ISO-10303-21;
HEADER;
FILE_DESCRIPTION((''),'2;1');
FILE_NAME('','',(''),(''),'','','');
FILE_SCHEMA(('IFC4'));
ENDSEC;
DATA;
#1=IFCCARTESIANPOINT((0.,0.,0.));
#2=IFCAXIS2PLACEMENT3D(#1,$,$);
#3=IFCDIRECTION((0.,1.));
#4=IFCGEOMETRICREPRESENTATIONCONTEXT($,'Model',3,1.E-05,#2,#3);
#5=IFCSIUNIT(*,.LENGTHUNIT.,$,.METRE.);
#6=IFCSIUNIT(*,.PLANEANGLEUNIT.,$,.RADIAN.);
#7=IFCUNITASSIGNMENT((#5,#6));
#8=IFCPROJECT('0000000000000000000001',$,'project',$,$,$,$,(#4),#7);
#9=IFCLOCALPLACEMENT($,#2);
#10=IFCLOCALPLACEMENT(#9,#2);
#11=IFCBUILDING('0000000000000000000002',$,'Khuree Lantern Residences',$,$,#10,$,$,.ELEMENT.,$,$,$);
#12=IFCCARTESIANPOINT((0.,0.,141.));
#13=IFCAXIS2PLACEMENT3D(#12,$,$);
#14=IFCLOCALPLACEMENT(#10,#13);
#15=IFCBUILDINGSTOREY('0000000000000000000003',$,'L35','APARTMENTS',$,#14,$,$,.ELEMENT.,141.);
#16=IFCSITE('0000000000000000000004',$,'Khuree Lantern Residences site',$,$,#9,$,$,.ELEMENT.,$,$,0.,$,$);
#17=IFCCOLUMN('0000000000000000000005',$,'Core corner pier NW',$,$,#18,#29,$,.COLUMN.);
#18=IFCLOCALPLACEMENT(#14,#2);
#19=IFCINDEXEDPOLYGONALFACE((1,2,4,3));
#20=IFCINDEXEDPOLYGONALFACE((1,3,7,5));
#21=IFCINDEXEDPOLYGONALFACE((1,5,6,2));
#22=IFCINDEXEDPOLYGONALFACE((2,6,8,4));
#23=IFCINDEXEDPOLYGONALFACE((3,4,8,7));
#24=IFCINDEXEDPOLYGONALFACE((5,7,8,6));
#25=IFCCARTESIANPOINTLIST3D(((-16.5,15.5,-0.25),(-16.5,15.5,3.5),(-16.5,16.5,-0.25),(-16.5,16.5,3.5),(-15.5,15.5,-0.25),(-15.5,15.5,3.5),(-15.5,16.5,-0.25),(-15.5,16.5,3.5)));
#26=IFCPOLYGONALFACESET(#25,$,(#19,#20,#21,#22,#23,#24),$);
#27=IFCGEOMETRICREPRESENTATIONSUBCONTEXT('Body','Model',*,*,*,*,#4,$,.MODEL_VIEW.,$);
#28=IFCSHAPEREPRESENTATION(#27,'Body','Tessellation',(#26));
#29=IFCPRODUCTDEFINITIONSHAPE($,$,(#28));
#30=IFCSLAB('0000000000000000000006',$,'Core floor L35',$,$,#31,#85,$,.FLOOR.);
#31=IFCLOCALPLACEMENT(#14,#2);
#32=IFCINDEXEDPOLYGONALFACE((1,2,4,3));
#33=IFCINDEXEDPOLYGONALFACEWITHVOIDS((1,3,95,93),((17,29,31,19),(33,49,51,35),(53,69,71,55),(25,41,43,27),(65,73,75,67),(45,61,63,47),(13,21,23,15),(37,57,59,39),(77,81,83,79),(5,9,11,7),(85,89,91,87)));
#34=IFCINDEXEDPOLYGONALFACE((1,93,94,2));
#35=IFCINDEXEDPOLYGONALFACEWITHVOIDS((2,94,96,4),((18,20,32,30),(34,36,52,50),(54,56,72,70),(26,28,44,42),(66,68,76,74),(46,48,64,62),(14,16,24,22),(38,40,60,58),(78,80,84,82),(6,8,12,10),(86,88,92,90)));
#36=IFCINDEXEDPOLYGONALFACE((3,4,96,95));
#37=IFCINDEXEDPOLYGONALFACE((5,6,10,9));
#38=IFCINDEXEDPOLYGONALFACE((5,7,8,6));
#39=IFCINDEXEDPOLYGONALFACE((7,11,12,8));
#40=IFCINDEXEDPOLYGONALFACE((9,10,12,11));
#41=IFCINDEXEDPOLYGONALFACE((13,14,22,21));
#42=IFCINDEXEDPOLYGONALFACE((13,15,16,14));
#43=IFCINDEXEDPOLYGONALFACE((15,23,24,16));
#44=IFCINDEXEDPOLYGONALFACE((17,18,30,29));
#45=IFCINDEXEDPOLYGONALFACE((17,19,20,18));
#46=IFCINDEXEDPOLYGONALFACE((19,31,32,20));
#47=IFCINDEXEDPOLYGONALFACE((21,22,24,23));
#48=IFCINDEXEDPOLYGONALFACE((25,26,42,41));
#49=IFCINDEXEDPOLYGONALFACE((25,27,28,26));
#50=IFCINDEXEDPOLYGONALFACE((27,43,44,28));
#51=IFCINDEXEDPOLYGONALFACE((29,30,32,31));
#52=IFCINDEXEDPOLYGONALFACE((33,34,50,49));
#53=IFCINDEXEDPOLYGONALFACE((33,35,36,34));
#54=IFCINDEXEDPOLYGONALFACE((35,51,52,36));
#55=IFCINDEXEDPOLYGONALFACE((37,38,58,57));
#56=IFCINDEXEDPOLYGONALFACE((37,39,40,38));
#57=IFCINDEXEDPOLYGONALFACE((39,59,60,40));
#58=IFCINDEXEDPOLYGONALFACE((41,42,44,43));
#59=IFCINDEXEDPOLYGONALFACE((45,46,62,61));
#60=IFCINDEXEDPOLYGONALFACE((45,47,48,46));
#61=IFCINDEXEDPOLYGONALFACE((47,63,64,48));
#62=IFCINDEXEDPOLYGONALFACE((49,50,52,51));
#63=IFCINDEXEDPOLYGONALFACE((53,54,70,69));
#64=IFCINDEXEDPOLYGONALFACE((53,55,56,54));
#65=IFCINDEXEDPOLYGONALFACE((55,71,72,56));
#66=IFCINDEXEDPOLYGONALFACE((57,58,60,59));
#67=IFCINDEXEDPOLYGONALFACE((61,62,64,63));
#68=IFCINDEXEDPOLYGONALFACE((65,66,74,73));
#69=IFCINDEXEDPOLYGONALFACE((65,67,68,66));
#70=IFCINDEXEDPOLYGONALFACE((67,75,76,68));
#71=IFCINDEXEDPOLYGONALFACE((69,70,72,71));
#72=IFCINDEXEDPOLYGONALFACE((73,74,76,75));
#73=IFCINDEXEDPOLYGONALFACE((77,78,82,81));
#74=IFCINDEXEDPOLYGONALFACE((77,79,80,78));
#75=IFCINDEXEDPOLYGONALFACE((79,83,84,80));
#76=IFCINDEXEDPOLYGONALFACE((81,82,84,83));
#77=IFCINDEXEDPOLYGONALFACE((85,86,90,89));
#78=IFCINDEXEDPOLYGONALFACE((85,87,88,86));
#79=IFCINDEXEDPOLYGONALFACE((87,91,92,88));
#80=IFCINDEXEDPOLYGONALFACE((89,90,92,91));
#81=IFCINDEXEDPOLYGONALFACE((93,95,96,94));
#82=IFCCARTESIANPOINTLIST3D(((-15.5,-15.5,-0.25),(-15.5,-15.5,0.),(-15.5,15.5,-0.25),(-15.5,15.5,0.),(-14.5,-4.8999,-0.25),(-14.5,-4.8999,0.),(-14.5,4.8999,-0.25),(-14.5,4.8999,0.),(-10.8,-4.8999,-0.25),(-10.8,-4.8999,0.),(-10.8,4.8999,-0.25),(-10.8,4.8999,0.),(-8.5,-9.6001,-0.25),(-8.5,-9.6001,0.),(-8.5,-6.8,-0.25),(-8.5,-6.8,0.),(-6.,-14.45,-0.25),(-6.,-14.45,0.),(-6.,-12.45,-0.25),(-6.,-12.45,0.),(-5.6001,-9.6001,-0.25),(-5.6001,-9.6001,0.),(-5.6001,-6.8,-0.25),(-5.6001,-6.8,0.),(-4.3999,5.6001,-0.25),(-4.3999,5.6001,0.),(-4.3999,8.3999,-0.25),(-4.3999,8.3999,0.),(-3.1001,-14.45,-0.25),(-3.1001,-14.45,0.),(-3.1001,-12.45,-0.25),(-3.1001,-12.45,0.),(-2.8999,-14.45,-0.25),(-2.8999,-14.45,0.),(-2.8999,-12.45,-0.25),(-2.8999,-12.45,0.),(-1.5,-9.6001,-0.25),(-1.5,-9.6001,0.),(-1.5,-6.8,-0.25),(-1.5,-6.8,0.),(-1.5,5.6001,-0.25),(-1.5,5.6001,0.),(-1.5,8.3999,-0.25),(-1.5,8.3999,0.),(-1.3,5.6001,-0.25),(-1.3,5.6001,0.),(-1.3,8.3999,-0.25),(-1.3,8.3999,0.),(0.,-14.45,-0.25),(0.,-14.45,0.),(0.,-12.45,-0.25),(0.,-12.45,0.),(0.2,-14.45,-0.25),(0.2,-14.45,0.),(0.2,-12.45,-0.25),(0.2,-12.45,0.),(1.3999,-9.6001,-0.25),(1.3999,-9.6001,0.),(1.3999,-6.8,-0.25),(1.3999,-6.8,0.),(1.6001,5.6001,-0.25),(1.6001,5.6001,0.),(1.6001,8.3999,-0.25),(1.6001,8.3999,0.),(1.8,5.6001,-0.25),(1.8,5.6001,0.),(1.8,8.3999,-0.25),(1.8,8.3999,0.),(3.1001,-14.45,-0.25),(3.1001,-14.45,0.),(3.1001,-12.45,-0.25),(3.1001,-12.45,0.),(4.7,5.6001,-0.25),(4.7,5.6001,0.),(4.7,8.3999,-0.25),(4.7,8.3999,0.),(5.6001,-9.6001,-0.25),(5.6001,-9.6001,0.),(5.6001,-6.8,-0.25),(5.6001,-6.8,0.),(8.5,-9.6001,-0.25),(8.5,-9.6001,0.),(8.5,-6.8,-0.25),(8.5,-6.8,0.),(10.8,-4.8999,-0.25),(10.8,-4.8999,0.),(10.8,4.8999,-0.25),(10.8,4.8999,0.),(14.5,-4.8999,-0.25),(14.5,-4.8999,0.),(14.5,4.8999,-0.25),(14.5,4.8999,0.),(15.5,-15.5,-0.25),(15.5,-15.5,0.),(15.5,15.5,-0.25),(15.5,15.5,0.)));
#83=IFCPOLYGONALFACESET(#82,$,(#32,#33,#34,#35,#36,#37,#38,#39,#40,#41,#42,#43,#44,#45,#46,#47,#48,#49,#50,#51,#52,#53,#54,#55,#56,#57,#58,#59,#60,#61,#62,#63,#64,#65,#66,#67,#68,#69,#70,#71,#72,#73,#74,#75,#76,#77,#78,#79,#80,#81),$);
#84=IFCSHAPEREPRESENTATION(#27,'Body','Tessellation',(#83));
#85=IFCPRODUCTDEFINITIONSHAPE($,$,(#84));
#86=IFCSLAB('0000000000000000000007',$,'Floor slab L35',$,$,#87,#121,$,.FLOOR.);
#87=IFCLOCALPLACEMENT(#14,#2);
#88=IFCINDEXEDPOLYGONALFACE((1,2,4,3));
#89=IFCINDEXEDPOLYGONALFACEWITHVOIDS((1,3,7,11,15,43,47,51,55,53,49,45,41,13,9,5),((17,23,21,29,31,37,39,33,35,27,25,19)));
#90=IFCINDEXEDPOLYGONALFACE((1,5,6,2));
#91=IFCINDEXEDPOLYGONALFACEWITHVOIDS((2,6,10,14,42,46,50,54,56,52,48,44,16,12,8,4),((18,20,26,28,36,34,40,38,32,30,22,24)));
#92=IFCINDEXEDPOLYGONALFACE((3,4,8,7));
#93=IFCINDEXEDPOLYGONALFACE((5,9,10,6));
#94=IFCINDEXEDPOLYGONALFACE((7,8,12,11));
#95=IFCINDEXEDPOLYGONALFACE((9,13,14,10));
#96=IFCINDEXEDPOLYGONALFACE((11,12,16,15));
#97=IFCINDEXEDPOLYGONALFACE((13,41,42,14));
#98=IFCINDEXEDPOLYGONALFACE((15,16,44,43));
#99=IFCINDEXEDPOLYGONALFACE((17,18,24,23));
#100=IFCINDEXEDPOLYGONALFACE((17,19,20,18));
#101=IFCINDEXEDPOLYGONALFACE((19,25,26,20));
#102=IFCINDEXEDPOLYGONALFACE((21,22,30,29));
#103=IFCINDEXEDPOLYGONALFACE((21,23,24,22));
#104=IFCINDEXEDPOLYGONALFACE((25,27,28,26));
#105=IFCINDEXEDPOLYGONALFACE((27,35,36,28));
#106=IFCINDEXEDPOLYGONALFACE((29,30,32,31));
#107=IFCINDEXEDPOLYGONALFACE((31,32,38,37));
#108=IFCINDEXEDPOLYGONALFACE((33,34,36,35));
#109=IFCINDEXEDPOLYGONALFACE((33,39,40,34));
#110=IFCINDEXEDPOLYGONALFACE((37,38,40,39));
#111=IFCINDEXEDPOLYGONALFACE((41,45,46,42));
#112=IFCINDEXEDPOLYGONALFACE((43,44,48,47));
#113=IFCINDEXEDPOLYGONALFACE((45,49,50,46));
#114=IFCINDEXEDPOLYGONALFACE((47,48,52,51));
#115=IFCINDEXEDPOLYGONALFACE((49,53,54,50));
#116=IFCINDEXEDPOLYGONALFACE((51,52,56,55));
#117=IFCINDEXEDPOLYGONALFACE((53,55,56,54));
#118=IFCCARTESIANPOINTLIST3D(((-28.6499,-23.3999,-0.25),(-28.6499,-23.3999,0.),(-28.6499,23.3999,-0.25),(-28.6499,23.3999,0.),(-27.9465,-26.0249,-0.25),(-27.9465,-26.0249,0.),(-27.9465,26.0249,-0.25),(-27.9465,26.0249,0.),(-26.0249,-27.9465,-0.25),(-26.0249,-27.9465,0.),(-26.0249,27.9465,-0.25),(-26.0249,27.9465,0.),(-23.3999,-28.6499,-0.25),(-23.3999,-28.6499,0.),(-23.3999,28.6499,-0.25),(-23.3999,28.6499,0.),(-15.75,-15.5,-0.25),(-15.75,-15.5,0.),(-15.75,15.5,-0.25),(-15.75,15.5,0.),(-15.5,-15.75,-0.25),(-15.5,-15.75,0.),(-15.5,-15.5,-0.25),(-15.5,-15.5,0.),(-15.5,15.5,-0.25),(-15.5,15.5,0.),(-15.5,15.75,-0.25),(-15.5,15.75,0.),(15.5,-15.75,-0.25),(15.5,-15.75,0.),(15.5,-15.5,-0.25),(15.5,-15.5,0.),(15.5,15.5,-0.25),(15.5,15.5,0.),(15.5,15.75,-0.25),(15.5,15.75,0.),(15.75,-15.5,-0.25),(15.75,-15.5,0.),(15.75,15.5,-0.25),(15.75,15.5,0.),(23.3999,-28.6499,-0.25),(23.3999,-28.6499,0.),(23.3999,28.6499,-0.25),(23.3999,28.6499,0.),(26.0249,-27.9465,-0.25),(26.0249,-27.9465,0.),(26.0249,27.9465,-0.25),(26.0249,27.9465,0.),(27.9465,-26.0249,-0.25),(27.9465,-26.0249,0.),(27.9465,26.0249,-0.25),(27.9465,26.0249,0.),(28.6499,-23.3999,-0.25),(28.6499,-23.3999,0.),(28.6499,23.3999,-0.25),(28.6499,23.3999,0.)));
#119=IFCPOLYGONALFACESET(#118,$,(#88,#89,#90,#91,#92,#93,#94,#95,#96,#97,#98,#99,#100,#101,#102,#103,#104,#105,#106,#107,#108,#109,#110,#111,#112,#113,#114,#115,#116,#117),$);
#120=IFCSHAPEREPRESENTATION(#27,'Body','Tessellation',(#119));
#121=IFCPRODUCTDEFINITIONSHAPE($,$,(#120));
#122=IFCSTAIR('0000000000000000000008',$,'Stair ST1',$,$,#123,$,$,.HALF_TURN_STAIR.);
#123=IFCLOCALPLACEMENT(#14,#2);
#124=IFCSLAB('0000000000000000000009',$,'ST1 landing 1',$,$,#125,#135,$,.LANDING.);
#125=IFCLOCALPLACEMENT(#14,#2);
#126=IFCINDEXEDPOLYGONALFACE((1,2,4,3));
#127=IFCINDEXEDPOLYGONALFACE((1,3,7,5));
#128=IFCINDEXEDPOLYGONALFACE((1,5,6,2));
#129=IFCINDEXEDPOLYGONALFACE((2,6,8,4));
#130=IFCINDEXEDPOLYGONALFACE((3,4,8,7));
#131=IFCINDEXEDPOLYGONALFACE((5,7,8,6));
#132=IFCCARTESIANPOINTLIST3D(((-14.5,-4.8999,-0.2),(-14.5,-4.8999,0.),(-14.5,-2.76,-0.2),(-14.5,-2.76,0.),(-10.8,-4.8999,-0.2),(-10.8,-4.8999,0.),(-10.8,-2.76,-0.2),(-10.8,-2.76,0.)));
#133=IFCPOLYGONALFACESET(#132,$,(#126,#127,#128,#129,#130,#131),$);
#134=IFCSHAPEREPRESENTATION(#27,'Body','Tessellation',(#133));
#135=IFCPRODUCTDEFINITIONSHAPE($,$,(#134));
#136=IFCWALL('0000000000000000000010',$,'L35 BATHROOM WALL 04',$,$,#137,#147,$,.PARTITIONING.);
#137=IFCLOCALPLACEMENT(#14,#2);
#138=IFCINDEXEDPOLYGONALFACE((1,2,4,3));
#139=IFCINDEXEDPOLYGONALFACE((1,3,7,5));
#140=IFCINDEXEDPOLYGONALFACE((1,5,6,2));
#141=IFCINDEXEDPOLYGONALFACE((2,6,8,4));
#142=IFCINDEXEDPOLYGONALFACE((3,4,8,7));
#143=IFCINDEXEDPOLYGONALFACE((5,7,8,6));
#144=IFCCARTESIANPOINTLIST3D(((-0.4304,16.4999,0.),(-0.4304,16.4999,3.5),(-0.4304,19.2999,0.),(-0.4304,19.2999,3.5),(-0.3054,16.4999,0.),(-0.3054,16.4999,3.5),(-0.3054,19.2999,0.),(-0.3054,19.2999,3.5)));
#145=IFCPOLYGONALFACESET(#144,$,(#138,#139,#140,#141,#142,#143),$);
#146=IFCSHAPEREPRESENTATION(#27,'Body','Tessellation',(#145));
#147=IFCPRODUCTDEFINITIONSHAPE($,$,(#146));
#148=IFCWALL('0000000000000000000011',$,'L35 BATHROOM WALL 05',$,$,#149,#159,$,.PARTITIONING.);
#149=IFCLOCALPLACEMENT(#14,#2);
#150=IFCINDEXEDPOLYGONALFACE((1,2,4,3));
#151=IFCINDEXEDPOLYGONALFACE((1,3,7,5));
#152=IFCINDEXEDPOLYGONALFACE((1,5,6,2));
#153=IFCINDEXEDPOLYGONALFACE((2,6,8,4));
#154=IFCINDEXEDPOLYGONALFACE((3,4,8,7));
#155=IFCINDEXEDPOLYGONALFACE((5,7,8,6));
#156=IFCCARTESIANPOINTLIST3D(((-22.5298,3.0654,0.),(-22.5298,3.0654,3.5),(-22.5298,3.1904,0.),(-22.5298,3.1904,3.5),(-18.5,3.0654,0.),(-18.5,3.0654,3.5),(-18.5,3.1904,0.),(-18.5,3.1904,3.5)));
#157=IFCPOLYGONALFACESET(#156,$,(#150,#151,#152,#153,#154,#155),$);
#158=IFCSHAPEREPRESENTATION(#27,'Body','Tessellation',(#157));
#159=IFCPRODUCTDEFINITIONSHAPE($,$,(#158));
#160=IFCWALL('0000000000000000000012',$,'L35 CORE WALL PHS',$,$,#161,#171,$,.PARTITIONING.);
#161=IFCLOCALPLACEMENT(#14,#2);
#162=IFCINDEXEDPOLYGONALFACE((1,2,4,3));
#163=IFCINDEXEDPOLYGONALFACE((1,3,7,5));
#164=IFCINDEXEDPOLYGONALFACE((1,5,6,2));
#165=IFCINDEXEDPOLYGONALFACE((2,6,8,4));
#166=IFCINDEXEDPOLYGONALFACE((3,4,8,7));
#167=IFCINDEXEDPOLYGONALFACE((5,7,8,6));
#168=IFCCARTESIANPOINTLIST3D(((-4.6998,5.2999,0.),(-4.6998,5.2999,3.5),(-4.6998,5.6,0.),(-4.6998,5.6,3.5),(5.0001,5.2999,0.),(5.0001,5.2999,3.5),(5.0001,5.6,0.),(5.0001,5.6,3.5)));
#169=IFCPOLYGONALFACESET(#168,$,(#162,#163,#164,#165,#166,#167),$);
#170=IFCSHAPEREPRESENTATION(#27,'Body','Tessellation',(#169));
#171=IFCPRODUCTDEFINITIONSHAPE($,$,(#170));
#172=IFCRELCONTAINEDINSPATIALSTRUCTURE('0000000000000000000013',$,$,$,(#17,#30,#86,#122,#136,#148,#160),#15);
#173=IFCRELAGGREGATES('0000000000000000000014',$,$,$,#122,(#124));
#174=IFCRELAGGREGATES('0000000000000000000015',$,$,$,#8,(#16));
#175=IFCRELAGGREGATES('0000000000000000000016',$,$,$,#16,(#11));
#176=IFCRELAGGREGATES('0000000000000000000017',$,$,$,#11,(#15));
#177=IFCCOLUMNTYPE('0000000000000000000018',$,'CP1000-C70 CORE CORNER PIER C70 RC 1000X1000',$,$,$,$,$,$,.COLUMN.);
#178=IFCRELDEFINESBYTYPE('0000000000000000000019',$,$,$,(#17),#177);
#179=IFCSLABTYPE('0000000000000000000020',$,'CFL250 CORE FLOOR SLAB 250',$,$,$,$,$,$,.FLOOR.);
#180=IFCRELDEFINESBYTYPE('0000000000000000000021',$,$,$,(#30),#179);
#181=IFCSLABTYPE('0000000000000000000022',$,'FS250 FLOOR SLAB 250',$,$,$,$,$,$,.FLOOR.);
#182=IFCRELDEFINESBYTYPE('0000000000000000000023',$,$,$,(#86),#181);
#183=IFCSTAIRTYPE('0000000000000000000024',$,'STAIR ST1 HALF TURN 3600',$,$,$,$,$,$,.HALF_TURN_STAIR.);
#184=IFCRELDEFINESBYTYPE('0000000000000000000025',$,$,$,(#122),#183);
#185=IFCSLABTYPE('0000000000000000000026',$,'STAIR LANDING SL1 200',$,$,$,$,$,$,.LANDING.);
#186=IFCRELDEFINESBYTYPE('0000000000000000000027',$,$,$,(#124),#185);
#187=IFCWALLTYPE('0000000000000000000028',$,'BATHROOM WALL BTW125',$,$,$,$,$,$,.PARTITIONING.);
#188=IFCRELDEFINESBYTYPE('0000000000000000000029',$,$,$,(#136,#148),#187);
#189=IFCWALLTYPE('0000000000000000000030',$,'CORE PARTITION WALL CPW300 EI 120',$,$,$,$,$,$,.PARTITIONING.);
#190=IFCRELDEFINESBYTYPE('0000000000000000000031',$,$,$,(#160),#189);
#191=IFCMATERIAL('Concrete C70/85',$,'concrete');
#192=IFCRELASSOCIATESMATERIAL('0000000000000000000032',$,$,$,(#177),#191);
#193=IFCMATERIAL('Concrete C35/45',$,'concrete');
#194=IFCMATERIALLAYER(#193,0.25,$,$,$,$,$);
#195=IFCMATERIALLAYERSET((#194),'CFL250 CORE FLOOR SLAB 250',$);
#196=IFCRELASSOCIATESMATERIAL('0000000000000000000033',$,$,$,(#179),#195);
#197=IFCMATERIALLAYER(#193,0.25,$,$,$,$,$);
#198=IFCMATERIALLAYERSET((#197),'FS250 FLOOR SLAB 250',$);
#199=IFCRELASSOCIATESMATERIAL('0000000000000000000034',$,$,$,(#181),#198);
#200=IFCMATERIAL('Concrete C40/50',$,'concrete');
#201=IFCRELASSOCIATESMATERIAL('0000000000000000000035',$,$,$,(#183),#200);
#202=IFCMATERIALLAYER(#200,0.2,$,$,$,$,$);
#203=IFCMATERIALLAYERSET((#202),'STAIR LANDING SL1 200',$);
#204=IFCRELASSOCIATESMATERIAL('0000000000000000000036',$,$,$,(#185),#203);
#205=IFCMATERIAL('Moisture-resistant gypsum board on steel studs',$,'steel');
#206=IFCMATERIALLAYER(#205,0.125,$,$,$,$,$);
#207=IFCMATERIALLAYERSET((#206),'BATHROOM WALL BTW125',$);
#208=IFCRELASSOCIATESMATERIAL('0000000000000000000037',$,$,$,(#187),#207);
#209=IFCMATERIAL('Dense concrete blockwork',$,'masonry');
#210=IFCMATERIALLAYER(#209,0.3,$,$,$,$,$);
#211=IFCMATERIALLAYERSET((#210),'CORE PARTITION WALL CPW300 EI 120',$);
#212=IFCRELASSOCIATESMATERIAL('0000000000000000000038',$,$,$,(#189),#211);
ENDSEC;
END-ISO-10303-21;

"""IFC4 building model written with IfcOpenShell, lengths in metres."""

from ifc_helpers import new_model, si_unit, direction, frame, frame_2d, origin, origin_2d, place, context, subcontext, project, spatial, polyline, rectangle, outline, extrude, material, layer, layer_set, material_profile, profile_set, type_object, element, aggregate, save


model = new_model("IFC4")

# Units and contexts
model_context = context("Model", 3, precision=1e-05, world=origin(), true_north=direction((0.0, 1.0)))
body_context = subcontext(model_context, "Body", "Model", "MODEL_VIEW")
ifc_project = project(units=[si_unit("LENGTHUNIT", "METRE"), si_unit("PLANEANGLEUNIT", "RADIAN")], contexts=[model_context])

# Site, building, storey
site_placement = place(None, origin())
site = spatial("IfcSite", under=ifc_project, at=site_placement, Name="Khuree Lantern Residences site", CompositionType="ELEMENT", RefElevation=0.0)
building_placement = place(site_placement, origin())
building = spatial("IfcBuilding", under=site, at=building_placement, Name="Khuree Lantern Residences", CompositionType="ELEMENT")
storey_placement = place(building_placement, frame((0.0, 0.0, 141.0)))
storey = spatial("IfcBuildingStorey", under=building, at=storey_placement, Name="L35", Description="APARTMENTS", CompositionType="ELEMENT", Elevation=141.0)

# Column
ifc_material_1 = material(Name="Concrete C70/85", Category="concrete")
ifc_material_profile = material_profile(ifc_material_1, rectangle(XDim=1.0, YDim=1.0, at=origin_2d()), Name="RC 1000X1000")
ifc_profile_set = profile_set([ifc_material_profile], Name="Concrete C70/85")
column_type = type_object("IfcColumnType", Name="CP1000-C70 CORE CORNER PIER C70 RC 1000X1000", PredefinedType="COLUMN", material=ifc_profile_set)
column_placement = place(storey_placement, frame((-16.0, 16.0, -0.25), z_axis=(0.0, 0.0, 1.0), x_axis=(1.0, 0.0, 0.0)))
element("IfcColumn", 1, at=column_placement, inside=storey, type_object=column_type, Name="Core corner pier NW", PredefinedType="COLUMN", context=body_context, shape_type="SweptSolid", body=[
    extrude(rectangle(XDim=1.0, YDim=1.0, at=origin_2d()), origin(), (0.0, 0.0, 1.0), 3.75),
])

# Slabs
ifc_material_2 = material(Name="Concrete C35/45", Category="concrete")
ifc_layer_1 = layer(ifc_material_2, 0.25)
ifc_layer_set_1 = layer_set([ifc_layer_1], Name="CFL250 CORE FLOOR SLAB 250")
slab_type_1 = type_object("IfcSlabType", Name="CFL250 CORE FLOOR SLAB 250", PredefinedType="FLOOR", material=ifc_layer_set_1)
slab_1_placement = place(storey_placement, frame((0.0, 0.0, -0.25)))
element("IfcSlab", 2, at=slab_1_placement, inside=storey, type_object=slab_type_1, Name="Core floor L35", PredefinedType="FLOOR", context=body_context, shape_type="SweptSolid", body=[
    extrude(outline(polyline([(-15.5, -15.5), (-15.5, 15.5), (15.5, 15.5), (15.5, -15.5), (-15.5, -15.5)]), holes=[polyline([(10.8, 4.8999), (10.8, -4.8999), (14.5, -4.8999), (14.5, 4.8999), (10.8, 4.8999)]), polyline([(8.5, -6.8), (5.6001, -6.8), (5.6001, -9.6001), (8.5, -9.6001), (8.5, -6.8)]), polyline([(4.7, 8.3999), (1.8, 8.3999), (1.8, 5.6001), (4.7, 5.6001), (4.7, 8.3999)]), polyline([(3.1001, -12.45), (0.2, -12.45), (0.2, -14.45), (3.1001, -14.45), (3.1001, -12.45)]), polyline([(1.6001, 8.3999), (-1.3, 8.3999), (-1.3, 5.6001), (1.6001, 5.6001), (1.6001, 8.3999)]), polyline([(1.3999, -6.8), (-1.5, -6.8), (-1.5, -9.6001), (1.3999, -9.6001), (1.3999, -6.8)]), polyline([(-2.8999, -12.45), (-2.8999, -14.45), (0.0, -14.45), (0.0, -12.45), (-2.8999, -12.45)]), polyline([(-4.3999, 8.3999), (-4.3999, 5.6001), (-1.5, 5.6001), (-1.5, 8.3999), (-4.3999, 8.3999)]), polyline([(-6.0, -12.45), (-6.0, -14.45), (-3.1001, -14.45), (-3.1001, -12.45), (-6.0, -12.45)]), polyline([(-8.5, -6.8), (-8.5, -9.6001), (-5.6001, -9.6001), (-5.6001, -6.8), (-8.5, -6.8)]), polyline([(-10.8, 4.8999), (-14.5, 4.8999), (-14.5, -4.8999), (-10.8, -4.8999), (-10.8, 4.8999)])]), origin(), (0.0, 0.0, 1.0), 0.25),
])
ifc_layer_2 = layer(ifc_material_2, 0.25)
ifc_layer_set_2 = layer_set([ifc_layer_2], Name="FS250 FLOOR SLAB 250")
slab_type_2 = type_object("IfcSlabType", Name="FS250 FLOOR SLAB 250", PredefinedType="FLOOR", material=ifc_layer_set_2)
slab_2_placement = place(storey_placement, frame((0.0, 0.0, -0.25)))
element("IfcSlab", 3, at=slab_2_placement, inside=storey, type_object=slab_type_2, Name="Floor slab L35", PredefinedType="FLOOR", context=body_context, shape_type="SweptSolid", body=[
    extrude(outline(polyline([(-26.0249, -27.9465), (-27.9465, -26.0249), (-28.6499, -23.3999), (-28.6499, 23.3999), (-27.9465, 26.0249), (-26.0249, 27.9465), (-23.3999, 28.6499), (23.3999, 28.6499), (26.0249, 27.9465), (27.9465, 26.0249), (28.6499, 23.3999), (28.6499, -23.3999), (27.9465, -26.0249), (26.0249, -27.9465), (23.3999, -28.6499), (-23.3999, -28.6499), (-26.0249, -27.9465)]), holes=[polyline([(15.75, 15.5), (15.5, 15.5), (15.5, 15.75), (-15.5, 15.75), (-15.5, 15.5), (-15.75, 15.5), (-15.75, -15.5), (-15.5, -15.5), (-15.5, -15.75), (15.5, -15.75), (15.5, -15.5), (15.75, -15.5), (15.75, 15.5)])]), origin(), (0.0, 0.0, 1.0), 0.25),
])

# Stair, slab
ifc_material_3 = material(Name="Concrete C40/50", Category="concrete")
stair_type = type_object("IfcStairType", Name="STAIR ST1 HALF TURN 3600", PredefinedType="HALF_TURN_STAIR", material=ifc_material_3)
stair_placement = place(storey_placement, origin())
stair = element("IfcStair", 4, at=stair_placement, inside=storey, type_object=stair_type, Name="Stair ST1", PredefinedType="HALF_TURN_STAIR")
ifc_layer_3 = layer(ifc_material_3, 0.2)
ifc_layer_set_3 = layer_set([ifc_layer_3], Name="STAIR LANDING SL1 200")
slab_type_3 = type_object("IfcSlabType", Name="STAIR LANDING SL1 200", PredefinedType="LANDING", material=ifc_layer_set_3)
slab_3_placement = place(storey_placement, frame((0.0, 0.0, -0.2)))
slab_3 = element("IfcSlab", 5, at=slab_3_placement, type_object=slab_type_3, Name="ST1 landing 1", PredefinedType="LANDING", context=body_context, shape_type="SweptSolid", body=[
    extrude(outline(polyline([(-14.5, -4.8999), (-10.8, -4.8999), (-10.8, -2.76), (-14.5, -2.76), (-14.5, -4.8999)])), origin(), (0.0, 0.0, 1.0), 0.2),
])
aggregate(stair, [slab_3])

# Walls
ifc_material_4 = material(Name="Moisture-resistant gypsum board on steel studs", Category="steel")
ifc_layer_4 = layer(ifc_material_4, 0.125)
ifc_layer_set_4 = layer_set([ifc_layer_4], Name="BATHROOM WALL BTW125")
wall_type_1 = type_object("IfcWallType", Name="BATHROOM WALL BTW125", PredefinedType="PARTITIONING", material=ifc_layer_set_4)
wall_1_placement = place(storey_placement, frame((-0.3679, 16.5, 0.0), z_axis=(0.0, 0.0, 1.0), x_axis=(0.0, 1.0, 0.0)))
element("IfcWall", 6, at=wall_1_placement, inside=storey, type_object=wall_type_1, Name="L35 BATHROOM WALL 04", PredefinedType="PARTITIONING", context=body_context, shape_type="SweptSolid", body=[
    extrude(rectangle(XDim=2.8, YDim=0.125, at=frame_2d((1.3999, 0.0))), origin(), (0.0, 0.0, 1.0), 3.5),
])
wall_2_placement = place(storey_placement, frame((-18.5, 3.1279, 0.0), z_axis=(0.0, 0.0, 1.0), x_axis=(-1.0, 0.0, 0.0)))
element("IfcWall", 7, at=wall_2_placement, inside=storey, type_object=wall_type_1, Name="L35 BATHROOM WALL 05", PredefinedType="PARTITIONING", context=body_context, shape_type="SweptSolid", body=[
    extrude(rectangle(XDim=4.0298, YDim=0.125, at=frame_2d((2.0149, 0.0))), origin(), (0.0, 0.0, 1.0), 3.5),
])
ifc_material_5 = material(Name="Dense concrete blockwork", Category="masonry")
ifc_layer_5 = layer(ifc_material_5, 0.3)
ifc_layer_set_5 = layer_set([ifc_layer_5], Name="CORE PARTITION WALL CPW300 EI 120")
wall_type_2 = type_object("IfcWallType", Name="CORE PARTITION WALL CPW300 EI 120", PredefinedType="PARTITIONING", material=ifc_layer_set_5)
wall_3_placement = place(storey_placement, frame((-4.7, 5.45, 0.0), z_axis=(0.0, 0.0, 1.0), x_axis=(1.0, 0.0, 0.0)))
element("IfcWall", 8, at=wall_3_placement, inside=storey, type_object=wall_type_2, Name="L35 CORE WALL PHS", PredefinedType="PARTITIONING", context=body_context, shape_type="SweptSolid", body=[
    extrude(rectangle(XDim=9.7, YDim=0.3, at=frame_2d((4.8501, 0.0))), origin(), (0.0, 0.0, 1.0), 3.5),
])

save(model, "model.ifc")
